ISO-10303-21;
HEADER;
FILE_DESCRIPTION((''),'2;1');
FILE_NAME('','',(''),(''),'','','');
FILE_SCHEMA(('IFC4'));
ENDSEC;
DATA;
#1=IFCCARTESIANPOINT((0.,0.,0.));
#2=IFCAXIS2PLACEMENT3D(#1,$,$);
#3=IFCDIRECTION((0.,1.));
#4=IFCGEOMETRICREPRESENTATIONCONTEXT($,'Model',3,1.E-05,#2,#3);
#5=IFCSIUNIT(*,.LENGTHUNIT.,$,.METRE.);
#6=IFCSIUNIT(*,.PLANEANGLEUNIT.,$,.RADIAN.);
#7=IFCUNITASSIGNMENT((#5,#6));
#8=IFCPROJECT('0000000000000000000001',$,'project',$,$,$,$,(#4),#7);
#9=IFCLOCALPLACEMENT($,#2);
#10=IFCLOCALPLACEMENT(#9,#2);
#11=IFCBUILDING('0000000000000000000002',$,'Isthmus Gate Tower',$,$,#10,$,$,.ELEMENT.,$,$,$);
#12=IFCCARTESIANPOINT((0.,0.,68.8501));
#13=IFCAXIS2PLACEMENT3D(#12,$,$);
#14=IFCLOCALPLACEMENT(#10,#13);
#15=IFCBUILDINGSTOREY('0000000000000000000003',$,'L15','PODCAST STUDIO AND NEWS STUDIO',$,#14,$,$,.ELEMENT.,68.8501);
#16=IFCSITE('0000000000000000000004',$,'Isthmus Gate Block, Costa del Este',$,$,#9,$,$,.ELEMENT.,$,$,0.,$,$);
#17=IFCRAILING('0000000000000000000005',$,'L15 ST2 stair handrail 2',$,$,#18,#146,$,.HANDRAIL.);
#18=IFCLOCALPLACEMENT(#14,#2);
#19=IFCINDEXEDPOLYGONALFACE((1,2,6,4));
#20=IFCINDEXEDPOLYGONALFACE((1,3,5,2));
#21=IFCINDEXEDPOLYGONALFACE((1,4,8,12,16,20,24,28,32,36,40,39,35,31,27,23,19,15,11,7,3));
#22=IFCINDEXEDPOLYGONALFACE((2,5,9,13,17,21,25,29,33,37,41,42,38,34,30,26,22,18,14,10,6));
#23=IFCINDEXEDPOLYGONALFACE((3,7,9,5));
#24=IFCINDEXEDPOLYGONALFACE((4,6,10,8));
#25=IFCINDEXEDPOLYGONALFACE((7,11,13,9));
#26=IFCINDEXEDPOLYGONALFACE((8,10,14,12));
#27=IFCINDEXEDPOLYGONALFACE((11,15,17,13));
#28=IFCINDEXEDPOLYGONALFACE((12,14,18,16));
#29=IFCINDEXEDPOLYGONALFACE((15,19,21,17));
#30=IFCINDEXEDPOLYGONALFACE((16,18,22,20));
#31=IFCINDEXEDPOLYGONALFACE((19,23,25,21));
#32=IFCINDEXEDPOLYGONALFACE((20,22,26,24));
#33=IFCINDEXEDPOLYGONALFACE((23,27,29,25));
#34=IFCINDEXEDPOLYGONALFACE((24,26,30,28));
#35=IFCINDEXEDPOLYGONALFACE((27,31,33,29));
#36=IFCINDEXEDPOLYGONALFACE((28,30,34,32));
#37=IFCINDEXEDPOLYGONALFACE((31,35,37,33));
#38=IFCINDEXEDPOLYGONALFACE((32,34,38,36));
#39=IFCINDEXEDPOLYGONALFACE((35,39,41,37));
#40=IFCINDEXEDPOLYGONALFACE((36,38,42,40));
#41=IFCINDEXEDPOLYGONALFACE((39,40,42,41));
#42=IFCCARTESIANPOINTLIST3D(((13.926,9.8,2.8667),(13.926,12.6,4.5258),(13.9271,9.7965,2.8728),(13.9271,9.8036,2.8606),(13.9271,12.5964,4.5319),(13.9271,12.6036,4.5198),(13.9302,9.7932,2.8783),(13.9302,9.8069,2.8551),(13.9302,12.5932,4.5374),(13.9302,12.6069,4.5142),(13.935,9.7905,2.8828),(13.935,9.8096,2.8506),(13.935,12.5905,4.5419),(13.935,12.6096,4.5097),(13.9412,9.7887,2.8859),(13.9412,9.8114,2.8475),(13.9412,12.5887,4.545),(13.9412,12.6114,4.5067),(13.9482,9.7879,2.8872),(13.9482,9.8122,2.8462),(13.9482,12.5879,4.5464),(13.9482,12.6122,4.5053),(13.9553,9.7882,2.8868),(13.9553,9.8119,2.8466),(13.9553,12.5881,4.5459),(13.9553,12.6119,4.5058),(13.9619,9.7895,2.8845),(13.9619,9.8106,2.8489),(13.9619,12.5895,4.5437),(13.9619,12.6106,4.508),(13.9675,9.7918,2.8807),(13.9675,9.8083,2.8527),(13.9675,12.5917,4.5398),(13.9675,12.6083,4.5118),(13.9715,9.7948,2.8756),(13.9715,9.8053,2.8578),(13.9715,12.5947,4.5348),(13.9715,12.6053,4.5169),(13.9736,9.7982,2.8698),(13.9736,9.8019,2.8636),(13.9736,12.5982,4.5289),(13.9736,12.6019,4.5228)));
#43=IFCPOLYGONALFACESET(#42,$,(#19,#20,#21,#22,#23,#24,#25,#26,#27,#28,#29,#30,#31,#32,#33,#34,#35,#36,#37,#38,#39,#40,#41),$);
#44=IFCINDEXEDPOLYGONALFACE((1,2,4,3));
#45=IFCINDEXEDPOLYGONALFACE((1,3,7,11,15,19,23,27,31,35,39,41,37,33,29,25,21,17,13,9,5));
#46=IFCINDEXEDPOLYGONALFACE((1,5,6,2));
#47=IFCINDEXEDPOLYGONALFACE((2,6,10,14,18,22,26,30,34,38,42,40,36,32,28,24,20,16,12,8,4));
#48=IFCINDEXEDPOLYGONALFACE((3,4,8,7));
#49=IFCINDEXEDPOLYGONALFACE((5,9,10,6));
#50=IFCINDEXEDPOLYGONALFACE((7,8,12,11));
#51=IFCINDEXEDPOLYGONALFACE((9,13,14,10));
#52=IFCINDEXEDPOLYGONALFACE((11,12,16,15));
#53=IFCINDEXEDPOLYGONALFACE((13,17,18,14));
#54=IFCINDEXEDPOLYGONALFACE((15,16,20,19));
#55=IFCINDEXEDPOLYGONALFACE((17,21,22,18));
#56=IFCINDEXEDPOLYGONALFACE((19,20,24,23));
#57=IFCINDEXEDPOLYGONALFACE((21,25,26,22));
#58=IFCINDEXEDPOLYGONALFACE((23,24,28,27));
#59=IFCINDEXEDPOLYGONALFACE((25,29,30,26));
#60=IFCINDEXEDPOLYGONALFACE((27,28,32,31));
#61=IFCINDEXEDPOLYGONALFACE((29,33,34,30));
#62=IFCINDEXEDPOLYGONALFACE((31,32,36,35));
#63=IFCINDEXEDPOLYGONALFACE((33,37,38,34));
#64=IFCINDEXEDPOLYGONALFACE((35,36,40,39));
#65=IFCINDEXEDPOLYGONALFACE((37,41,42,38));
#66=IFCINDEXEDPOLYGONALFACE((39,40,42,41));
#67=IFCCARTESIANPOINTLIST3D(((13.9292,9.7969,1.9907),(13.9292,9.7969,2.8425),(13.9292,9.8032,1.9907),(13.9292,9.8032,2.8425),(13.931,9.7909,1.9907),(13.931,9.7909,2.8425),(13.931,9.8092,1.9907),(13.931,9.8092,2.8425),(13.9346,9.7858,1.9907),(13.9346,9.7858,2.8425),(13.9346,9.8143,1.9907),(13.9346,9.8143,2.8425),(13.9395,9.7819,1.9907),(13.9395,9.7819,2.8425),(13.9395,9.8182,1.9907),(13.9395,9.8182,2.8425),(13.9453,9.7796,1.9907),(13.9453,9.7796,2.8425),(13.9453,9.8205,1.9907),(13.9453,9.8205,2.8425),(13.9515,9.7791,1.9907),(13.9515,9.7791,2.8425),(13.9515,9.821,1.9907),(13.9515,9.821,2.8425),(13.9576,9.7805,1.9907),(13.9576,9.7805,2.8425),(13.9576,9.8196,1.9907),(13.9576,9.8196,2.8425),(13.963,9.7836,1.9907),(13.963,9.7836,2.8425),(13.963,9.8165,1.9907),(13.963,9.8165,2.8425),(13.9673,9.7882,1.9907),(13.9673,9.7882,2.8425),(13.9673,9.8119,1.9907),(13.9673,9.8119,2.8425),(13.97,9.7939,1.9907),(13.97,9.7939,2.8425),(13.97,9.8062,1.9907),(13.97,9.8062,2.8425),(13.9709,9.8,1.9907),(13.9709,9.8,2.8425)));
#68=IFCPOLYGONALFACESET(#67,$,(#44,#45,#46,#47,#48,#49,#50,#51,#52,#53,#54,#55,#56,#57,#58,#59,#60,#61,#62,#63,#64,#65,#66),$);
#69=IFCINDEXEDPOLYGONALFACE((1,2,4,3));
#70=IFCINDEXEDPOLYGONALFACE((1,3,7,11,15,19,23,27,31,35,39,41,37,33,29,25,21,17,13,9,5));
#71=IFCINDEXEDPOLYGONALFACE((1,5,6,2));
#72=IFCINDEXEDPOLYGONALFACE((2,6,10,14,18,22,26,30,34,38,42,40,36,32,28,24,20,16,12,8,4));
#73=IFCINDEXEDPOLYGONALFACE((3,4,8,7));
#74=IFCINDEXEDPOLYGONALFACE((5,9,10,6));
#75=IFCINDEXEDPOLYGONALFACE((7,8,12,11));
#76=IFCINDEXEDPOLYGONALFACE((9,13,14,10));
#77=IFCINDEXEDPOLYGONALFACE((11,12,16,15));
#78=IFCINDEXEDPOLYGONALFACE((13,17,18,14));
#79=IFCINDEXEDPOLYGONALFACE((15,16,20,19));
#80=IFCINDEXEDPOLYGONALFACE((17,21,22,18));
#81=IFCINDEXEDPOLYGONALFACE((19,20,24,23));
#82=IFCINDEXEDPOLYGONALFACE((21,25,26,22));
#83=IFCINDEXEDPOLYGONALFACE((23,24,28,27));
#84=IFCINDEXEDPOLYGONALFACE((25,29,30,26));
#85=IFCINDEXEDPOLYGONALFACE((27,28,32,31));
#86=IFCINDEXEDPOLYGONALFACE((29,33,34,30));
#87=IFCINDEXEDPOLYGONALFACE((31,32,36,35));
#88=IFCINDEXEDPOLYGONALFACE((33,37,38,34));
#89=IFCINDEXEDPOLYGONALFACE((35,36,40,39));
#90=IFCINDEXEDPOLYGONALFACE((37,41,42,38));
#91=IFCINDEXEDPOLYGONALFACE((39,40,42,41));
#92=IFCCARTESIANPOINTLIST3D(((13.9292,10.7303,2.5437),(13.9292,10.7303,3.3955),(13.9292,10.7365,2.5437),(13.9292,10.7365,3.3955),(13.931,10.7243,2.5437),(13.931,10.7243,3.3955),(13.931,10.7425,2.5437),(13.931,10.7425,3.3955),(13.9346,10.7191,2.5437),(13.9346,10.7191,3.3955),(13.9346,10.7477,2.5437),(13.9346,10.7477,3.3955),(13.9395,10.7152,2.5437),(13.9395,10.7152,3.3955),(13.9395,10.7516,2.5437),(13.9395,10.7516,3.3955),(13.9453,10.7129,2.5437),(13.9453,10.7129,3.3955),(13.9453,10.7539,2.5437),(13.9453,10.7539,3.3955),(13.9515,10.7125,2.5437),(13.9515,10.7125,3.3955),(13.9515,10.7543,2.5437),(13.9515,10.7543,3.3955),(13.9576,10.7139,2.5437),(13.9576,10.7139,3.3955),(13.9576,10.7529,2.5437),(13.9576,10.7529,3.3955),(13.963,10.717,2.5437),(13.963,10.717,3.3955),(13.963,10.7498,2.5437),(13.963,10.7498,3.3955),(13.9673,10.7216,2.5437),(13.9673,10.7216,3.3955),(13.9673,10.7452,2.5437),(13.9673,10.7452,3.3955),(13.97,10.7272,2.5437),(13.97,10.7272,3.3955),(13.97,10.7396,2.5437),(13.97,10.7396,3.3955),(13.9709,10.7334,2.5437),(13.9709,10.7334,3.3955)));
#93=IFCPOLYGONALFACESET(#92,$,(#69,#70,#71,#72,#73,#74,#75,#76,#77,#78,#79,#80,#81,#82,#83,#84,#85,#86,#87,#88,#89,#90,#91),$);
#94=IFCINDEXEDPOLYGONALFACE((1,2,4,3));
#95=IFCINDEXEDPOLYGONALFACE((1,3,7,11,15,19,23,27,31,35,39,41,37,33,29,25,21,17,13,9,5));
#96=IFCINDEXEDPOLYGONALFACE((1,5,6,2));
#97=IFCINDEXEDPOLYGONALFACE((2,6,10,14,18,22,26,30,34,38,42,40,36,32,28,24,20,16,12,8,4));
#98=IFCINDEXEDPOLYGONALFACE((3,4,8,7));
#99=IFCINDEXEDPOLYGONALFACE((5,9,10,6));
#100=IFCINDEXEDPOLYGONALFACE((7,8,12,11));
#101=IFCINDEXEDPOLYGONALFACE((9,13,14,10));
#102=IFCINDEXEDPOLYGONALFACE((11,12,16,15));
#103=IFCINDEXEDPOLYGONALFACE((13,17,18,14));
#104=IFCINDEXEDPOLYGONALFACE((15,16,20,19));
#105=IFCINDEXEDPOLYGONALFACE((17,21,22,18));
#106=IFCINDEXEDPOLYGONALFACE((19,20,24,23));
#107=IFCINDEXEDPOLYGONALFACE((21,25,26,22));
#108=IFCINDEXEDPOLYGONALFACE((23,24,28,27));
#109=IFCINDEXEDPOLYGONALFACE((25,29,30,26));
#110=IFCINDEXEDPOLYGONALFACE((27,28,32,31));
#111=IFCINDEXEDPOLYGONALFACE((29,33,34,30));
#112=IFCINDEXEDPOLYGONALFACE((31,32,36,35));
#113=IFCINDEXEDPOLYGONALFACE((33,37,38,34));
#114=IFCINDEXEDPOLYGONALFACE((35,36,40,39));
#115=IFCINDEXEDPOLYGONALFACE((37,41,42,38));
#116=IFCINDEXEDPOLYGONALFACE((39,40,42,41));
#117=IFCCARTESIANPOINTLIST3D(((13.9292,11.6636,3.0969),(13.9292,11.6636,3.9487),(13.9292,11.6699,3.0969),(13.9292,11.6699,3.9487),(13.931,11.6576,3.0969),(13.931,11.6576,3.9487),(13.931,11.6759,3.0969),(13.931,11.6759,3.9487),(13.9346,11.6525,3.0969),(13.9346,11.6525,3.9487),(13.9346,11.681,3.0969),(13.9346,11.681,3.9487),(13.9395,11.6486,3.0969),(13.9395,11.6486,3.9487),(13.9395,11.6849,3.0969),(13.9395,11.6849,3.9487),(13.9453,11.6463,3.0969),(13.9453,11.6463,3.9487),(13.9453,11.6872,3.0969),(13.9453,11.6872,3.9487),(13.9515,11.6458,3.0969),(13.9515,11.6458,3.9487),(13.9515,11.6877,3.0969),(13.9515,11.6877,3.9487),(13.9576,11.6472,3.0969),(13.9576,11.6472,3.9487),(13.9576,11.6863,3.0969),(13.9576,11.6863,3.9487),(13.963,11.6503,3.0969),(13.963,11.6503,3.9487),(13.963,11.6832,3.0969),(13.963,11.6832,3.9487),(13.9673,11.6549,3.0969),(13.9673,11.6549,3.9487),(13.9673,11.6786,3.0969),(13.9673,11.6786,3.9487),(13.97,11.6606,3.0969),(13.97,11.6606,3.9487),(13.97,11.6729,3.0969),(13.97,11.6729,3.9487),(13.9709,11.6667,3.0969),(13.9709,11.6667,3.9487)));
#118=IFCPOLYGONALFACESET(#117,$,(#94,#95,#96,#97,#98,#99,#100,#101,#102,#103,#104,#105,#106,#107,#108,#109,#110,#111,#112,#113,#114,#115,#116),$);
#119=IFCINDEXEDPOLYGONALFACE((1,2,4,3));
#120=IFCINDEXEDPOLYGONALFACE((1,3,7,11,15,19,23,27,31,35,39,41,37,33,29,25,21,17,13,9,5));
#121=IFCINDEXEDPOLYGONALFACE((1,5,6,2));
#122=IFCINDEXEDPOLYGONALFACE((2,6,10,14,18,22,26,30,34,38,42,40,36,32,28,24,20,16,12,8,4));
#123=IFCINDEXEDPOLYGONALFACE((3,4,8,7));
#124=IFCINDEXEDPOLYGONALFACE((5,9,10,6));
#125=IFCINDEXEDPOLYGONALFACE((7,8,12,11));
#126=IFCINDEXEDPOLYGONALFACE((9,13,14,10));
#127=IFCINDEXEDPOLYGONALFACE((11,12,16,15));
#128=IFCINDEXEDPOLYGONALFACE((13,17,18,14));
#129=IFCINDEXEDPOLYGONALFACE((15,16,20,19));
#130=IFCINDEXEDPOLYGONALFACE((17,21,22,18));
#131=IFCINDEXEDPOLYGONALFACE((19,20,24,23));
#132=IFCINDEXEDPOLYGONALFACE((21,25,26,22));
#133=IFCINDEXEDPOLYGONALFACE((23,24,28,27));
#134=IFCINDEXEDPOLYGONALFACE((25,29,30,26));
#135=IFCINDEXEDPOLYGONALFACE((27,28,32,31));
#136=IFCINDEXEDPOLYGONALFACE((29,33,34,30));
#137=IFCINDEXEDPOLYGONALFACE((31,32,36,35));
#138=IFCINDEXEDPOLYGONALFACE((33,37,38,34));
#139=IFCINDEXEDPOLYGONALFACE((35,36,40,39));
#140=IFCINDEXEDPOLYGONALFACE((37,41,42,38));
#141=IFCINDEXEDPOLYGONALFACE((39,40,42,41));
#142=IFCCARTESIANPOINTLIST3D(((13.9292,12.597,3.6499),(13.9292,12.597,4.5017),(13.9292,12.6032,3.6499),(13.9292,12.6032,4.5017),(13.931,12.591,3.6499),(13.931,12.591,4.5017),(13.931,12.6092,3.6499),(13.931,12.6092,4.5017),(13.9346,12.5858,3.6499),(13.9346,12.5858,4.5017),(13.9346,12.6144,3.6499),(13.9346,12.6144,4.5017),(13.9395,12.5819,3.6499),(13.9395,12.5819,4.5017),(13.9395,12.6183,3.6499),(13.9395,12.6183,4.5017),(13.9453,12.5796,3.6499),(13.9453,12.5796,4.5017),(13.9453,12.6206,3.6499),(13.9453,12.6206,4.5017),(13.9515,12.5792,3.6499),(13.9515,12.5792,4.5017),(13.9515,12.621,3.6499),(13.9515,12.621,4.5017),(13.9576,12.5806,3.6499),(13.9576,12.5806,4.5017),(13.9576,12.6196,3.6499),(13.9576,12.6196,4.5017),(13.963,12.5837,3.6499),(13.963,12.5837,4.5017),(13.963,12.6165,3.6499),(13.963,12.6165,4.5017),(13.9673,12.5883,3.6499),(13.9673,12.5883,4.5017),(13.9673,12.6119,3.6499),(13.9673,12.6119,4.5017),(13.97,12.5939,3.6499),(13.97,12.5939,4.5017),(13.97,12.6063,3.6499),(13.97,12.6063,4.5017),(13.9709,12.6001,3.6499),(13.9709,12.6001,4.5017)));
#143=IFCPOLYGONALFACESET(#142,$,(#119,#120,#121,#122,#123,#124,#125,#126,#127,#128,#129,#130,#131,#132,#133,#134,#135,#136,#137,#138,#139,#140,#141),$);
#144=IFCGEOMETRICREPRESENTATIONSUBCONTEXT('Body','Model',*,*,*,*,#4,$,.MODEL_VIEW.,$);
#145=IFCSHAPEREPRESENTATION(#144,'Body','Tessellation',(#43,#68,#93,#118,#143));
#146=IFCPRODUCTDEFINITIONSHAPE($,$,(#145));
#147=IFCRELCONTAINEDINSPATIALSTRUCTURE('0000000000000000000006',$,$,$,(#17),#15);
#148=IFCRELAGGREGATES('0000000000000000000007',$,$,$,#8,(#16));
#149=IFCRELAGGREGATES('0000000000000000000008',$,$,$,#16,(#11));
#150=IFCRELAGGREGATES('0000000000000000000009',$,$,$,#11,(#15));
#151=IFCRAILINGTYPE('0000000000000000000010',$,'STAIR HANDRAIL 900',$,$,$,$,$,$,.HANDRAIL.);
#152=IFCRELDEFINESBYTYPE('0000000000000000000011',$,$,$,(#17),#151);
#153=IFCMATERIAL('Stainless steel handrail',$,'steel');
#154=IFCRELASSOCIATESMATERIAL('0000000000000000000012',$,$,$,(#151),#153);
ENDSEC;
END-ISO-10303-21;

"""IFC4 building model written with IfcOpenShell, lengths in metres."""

from ifc_helpers import new_model, si_unit, direction, frame, origin, origin_2d, place, context, subcontext, project, spatial, circle, extrude, material, type_object, element, save


model = new_model("IFC4")

# Units and contexts
model_context = context("Model", 3, precision=1e-05, world=origin(), true_north=direction((0.0, 1.0)))
body_context = subcontext(model_context, "Body", "Model", "MODEL_VIEW")
ifc_project = project(units=[si_unit("LENGTHUNIT", "METRE"), si_unit("PLANEANGLEUNIT", "RADIAN")], contexts=[model_context])

# Site, building, storey
site_placement = place(None, origin())
site = spatial("IfcSite", under=ifc_project, at=site_placement, Name="Isthmus Gate Block, Costa del Este", CompositionType="ELEMENT", RefElevation=0.0)
building_placement = place(site_placement, origin())
building = spatial("IfcBuilding", under=site, at=building_placement, Name="Isthmus Gate Tower", CompositionType="ELEMENT")
storey_placement = place(building_placement, frame((0.0, 0.0, 68.8501)))
storey = spatial("IfcBuildingStorey", under=building, at=storey_placement, Name="L15", Description="PODCAST STUDIO AND NEWS STUDIO", CompositionType="ELEMENT", Elevation=68.8501)

# Railing
ifc_material_1 = material(Name="Stainless steel handrail", Category="steel")
railing_type_1 = type_object("IfcRailingType", Name="STAIR HANDRAIL 900", PredefinedType="HANDRAIL", material=ifc_material_1)
for number, where, name in (
    (1, (13.95, 9.8, 1.9907), "L15 ST2 stair handrail 2"),
):
    element("IfcRailing", number, at=place(storey_placement, frame(where)), inside=storey, type_object=railing_type_1, Name=name, PredefinedType="HANDRAIL", context=body_context, shape_type="SweptSolid", body=[
        extrude(circle(Radius=0.0239, at=origin_2d()), frame((0.0, 0.0, 0.876), z_axis=(0.0, 0.860306, 0.509778), x_axis=(-1.0, 0.0, 0.0)), (0.0, 0.0, 1.0), 3.2546),
        extrude(circle(Radius=0.021, at=origin_2d()), origin(), (0.0, 0.0, 1.0), 0.8518),
        extrude(circle(Radius=0.021, at=origin_2d()), frame((0.0, 0.9333, 0.553)), (0.0, 0.0, 1.0), 0.8518),
        extrude(circle(Radius=0.021, at=origin_2d()), frame((0.0, 1.8667, 1.1062)), (0.0, 0.0, 1.0), 0.8518),
        extrude(circle(Radius=0.021, at=origin_2d()), frame((0.0, 2.8, 1.6592)), (0.0, 0.0, 1.0), 0.8518),
    ])

save(model, "model.ifc")
